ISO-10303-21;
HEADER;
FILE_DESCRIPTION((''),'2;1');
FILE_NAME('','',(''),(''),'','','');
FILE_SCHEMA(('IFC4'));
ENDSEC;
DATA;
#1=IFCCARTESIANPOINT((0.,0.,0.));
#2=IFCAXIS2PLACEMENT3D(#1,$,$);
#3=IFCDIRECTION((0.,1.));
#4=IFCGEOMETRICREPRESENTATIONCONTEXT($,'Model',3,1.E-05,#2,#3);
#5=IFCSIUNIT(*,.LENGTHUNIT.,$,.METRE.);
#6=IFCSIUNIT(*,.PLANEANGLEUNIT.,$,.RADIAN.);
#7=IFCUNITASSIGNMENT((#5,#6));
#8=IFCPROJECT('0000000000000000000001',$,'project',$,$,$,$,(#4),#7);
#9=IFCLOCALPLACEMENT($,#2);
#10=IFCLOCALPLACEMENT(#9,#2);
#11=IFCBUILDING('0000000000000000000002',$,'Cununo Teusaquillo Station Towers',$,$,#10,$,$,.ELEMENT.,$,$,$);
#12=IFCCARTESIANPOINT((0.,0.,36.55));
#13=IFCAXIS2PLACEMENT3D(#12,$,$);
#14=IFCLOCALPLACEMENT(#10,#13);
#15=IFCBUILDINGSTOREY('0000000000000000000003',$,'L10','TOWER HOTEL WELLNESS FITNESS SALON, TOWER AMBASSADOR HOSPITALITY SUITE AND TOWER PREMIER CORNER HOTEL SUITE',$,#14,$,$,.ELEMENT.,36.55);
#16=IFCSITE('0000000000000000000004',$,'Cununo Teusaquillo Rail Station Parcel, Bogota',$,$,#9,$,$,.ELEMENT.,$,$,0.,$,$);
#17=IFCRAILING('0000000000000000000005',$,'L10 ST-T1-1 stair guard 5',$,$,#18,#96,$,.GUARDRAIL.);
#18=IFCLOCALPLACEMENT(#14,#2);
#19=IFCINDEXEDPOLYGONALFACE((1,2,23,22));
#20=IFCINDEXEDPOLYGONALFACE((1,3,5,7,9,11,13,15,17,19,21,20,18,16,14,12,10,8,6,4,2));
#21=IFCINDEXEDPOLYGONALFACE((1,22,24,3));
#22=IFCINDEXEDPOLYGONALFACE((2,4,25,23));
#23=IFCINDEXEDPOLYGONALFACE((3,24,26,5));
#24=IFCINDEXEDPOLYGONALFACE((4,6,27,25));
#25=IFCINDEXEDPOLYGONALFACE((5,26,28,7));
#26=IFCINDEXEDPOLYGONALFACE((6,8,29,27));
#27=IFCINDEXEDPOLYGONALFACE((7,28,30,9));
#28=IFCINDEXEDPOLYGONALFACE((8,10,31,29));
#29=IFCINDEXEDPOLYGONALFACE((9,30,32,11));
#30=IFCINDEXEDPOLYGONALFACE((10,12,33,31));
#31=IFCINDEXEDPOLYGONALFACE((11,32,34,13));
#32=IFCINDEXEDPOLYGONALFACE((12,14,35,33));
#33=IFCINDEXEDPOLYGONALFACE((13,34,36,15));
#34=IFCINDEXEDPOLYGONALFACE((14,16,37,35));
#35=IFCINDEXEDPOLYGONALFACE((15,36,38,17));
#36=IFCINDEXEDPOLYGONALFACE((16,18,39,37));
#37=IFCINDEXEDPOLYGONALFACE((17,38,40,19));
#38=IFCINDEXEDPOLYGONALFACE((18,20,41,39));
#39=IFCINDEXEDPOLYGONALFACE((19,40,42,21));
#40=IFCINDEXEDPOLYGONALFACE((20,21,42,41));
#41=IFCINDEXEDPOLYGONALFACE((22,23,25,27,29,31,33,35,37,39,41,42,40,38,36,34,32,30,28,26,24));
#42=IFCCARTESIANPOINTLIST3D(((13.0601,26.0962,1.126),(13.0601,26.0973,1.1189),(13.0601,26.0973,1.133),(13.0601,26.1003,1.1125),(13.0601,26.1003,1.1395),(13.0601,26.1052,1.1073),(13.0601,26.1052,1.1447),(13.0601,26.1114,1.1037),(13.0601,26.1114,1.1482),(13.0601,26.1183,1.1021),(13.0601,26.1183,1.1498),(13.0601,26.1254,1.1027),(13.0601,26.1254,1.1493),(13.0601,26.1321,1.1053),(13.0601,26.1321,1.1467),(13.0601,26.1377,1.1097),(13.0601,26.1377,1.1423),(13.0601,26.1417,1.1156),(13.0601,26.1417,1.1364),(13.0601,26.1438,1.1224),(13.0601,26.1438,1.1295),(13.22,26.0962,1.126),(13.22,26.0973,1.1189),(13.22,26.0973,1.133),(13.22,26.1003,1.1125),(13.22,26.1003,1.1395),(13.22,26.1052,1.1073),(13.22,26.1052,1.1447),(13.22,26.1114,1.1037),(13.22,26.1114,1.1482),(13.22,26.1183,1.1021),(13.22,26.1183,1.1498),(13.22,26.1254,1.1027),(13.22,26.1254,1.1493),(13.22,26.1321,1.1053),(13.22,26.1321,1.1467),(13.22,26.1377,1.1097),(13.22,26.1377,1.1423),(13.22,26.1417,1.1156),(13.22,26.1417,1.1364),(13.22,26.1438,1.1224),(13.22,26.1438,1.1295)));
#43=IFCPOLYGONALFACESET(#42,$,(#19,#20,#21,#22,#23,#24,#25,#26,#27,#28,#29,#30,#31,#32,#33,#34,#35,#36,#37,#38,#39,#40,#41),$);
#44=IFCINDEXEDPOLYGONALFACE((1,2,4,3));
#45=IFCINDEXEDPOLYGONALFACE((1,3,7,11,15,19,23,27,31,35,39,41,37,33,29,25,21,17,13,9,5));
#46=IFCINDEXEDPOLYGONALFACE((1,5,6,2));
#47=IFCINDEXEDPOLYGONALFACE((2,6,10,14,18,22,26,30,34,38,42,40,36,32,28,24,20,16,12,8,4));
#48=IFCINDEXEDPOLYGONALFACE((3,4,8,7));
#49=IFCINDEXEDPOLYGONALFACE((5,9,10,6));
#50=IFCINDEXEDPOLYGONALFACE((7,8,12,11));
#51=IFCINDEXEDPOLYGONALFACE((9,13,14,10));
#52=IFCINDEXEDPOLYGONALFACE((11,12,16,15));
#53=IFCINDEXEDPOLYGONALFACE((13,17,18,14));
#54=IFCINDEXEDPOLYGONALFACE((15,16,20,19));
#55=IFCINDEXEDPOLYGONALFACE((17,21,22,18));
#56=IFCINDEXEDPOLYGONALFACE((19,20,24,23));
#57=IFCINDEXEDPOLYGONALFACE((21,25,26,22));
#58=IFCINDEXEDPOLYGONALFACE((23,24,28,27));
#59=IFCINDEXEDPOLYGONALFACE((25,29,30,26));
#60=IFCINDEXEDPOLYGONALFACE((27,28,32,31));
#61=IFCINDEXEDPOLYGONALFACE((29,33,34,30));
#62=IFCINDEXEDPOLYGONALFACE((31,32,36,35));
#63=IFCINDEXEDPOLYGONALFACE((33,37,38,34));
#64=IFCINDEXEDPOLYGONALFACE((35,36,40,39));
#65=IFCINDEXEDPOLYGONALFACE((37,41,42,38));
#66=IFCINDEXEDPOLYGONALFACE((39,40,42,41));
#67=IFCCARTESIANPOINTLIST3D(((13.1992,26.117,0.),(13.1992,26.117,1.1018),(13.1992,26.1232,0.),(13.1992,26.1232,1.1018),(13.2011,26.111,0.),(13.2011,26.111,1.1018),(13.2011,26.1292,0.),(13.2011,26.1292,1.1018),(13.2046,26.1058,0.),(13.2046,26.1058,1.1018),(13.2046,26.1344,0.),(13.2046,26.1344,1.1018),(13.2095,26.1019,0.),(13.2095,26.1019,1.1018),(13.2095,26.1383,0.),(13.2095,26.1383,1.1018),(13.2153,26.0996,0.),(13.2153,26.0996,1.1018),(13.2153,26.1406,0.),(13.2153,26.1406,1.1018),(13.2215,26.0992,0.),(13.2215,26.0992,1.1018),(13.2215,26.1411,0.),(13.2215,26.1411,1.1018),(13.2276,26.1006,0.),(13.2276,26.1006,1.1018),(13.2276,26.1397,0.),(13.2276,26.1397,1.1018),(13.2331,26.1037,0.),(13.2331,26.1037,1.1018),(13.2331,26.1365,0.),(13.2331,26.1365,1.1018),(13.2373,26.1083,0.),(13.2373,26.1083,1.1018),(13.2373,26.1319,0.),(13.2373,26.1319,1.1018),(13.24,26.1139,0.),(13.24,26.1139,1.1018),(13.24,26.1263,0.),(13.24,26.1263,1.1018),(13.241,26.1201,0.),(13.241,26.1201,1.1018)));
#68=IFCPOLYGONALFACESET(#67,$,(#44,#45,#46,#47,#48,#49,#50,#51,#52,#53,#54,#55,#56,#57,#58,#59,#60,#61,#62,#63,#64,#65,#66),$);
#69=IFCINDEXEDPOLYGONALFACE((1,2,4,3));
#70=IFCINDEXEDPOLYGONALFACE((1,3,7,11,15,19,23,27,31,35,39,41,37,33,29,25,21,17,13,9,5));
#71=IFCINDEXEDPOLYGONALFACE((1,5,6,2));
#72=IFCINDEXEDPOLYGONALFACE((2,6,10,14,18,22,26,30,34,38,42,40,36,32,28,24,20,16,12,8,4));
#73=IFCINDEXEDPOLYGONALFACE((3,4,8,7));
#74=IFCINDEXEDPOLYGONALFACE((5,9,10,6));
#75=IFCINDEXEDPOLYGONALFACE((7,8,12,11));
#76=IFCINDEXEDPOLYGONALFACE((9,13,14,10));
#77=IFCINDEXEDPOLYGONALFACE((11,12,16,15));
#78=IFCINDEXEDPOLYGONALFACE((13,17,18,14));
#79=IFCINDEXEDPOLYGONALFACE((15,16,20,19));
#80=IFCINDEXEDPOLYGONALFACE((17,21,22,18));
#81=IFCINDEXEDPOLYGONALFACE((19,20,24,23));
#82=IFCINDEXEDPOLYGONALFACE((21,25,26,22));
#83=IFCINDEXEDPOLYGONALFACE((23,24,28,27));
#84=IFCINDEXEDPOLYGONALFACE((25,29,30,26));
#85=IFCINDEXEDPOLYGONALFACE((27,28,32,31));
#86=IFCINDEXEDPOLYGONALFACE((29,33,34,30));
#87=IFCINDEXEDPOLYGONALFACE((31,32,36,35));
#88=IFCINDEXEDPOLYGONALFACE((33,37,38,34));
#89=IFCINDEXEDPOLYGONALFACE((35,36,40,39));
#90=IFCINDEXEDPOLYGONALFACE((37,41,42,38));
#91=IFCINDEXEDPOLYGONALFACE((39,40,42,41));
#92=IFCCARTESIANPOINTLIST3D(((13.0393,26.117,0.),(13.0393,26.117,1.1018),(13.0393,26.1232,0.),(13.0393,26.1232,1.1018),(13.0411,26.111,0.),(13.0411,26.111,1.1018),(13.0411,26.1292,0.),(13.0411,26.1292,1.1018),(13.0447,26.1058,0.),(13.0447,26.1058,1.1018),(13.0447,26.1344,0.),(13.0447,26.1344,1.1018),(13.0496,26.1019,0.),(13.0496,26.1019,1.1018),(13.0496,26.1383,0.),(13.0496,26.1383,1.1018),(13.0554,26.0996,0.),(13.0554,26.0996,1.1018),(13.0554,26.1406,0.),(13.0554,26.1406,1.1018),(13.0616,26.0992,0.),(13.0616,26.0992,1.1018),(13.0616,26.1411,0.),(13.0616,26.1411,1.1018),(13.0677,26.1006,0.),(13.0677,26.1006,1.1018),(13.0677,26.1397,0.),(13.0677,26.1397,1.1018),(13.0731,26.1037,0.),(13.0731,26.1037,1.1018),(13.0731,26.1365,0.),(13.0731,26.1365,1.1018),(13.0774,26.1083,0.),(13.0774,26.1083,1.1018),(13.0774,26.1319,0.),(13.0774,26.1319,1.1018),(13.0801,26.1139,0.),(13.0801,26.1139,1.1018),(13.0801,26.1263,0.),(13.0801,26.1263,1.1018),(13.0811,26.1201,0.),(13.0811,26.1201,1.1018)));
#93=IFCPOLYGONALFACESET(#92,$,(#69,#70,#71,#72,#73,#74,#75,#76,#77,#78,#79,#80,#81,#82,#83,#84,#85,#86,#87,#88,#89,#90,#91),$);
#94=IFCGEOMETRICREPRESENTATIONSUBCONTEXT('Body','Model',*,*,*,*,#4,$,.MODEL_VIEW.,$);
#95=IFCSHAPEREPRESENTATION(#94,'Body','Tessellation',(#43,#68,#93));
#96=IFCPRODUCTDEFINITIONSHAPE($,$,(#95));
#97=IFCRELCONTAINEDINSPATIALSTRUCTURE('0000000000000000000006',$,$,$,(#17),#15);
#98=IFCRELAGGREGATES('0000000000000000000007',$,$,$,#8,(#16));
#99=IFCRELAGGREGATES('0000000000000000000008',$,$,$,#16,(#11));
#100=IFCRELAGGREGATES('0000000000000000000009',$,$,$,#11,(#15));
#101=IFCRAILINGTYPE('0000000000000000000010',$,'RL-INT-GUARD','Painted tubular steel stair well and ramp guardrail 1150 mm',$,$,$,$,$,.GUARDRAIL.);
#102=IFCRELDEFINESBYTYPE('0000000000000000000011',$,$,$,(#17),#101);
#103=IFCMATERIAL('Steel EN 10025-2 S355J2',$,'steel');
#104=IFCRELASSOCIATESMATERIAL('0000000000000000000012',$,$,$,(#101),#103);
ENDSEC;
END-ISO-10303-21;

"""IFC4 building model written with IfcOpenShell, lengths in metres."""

from ifc_helpers import new_model, si_unit, direction, frame, origin, origin_2d, place, context, subcontext, project, spatial, circle, extrude, material, type_object, element, save


model = new_model("IFC4")

# Units and contexts
model_context = context("Model", 3, precision=1e-05, world=origin(), true_north=direction((0.0, 1.0)))
body_context = subcontext(model_context, "Body", "Model", "MODEL_VIEW")
ifc_project = project(units=[si_unit("LENGTHUNIT", "METRE"), si_unit("PLANEANGLEUNIT", "RADIAN")], contexts=[model_context])

# Site, building, storey
site_placement = place(None, origin())
site = spatial("IfcSite", under=ifc_project, at=site_placement, Name="Cununo Teusaquillo Rail Station Parcel, Bogota", CompositionType="ELEMENT", RefElevation=0.0)
building_placement = place(site_placement, origin())
building = spatial("IfcBuilding", under=site, at=building_placement, Name="Cununo Teusaquillo Station Towers", CompositionType="ELEMENT")
storey_placement = place(building_placement, frame((0.0, 0.0, 36.55)))
storey = spatial("IfcBuildingStorey", under=building, at=storey_placement, Name="L10", Description="TOWER HOTEL WELLNESS FITNESS SALON, TOWER AMBASSADOR HOSPITALITY SUITE AND TOWER PREMIER CORNER HOTEL SUITE", CompositionType="ELEMENT", Elevation=36.55)

# Railing
ifc_material_1 = material(Name="Steel EN 10025-2 S355J2", Category="steel")
railing_type_1 = type_object("IfcRailingType", Name="RL-INT-GUARD", Description="Painted tubular steel stair well and ramp guardrail 1150 mm", PredefinedType="GUARDRAIL", material=ifc_material_1)
railing_1_placement = place(storey_placement, frame((13.22, 26.1201, 0.0)))
element("IfcRailing", 1, at=railing_1_placement, inside=storey, type_object=railing_type_1, Name="L10 ST-T1-1 stair guard 5", PredefinedType="GUARDRAIL", context=body_context, shape_type="SweptSolid", body=[
    extrude(circle(Radius=0.0239, at=origin_2d()), frame((0.0, 0.0, 1.126), z_axis=(-1.0, 0.0, 0.0), x_axis=(0.0, -1.0, 0.0)), (0.0, 0.0, 1.0), 0.1599),
    extrude(circle(Radius=0.021, at=origin_2d()), origin(), (0.0, 0.0, 1.0), 1.1018),
    extrude(circle(Radius=0.021, at=origin_2d()), frame((-0.1599, 0.0, 0.0)), (0.0, 0.0, 1.0), 1.1018),
])

save(model, "model.ifc")
